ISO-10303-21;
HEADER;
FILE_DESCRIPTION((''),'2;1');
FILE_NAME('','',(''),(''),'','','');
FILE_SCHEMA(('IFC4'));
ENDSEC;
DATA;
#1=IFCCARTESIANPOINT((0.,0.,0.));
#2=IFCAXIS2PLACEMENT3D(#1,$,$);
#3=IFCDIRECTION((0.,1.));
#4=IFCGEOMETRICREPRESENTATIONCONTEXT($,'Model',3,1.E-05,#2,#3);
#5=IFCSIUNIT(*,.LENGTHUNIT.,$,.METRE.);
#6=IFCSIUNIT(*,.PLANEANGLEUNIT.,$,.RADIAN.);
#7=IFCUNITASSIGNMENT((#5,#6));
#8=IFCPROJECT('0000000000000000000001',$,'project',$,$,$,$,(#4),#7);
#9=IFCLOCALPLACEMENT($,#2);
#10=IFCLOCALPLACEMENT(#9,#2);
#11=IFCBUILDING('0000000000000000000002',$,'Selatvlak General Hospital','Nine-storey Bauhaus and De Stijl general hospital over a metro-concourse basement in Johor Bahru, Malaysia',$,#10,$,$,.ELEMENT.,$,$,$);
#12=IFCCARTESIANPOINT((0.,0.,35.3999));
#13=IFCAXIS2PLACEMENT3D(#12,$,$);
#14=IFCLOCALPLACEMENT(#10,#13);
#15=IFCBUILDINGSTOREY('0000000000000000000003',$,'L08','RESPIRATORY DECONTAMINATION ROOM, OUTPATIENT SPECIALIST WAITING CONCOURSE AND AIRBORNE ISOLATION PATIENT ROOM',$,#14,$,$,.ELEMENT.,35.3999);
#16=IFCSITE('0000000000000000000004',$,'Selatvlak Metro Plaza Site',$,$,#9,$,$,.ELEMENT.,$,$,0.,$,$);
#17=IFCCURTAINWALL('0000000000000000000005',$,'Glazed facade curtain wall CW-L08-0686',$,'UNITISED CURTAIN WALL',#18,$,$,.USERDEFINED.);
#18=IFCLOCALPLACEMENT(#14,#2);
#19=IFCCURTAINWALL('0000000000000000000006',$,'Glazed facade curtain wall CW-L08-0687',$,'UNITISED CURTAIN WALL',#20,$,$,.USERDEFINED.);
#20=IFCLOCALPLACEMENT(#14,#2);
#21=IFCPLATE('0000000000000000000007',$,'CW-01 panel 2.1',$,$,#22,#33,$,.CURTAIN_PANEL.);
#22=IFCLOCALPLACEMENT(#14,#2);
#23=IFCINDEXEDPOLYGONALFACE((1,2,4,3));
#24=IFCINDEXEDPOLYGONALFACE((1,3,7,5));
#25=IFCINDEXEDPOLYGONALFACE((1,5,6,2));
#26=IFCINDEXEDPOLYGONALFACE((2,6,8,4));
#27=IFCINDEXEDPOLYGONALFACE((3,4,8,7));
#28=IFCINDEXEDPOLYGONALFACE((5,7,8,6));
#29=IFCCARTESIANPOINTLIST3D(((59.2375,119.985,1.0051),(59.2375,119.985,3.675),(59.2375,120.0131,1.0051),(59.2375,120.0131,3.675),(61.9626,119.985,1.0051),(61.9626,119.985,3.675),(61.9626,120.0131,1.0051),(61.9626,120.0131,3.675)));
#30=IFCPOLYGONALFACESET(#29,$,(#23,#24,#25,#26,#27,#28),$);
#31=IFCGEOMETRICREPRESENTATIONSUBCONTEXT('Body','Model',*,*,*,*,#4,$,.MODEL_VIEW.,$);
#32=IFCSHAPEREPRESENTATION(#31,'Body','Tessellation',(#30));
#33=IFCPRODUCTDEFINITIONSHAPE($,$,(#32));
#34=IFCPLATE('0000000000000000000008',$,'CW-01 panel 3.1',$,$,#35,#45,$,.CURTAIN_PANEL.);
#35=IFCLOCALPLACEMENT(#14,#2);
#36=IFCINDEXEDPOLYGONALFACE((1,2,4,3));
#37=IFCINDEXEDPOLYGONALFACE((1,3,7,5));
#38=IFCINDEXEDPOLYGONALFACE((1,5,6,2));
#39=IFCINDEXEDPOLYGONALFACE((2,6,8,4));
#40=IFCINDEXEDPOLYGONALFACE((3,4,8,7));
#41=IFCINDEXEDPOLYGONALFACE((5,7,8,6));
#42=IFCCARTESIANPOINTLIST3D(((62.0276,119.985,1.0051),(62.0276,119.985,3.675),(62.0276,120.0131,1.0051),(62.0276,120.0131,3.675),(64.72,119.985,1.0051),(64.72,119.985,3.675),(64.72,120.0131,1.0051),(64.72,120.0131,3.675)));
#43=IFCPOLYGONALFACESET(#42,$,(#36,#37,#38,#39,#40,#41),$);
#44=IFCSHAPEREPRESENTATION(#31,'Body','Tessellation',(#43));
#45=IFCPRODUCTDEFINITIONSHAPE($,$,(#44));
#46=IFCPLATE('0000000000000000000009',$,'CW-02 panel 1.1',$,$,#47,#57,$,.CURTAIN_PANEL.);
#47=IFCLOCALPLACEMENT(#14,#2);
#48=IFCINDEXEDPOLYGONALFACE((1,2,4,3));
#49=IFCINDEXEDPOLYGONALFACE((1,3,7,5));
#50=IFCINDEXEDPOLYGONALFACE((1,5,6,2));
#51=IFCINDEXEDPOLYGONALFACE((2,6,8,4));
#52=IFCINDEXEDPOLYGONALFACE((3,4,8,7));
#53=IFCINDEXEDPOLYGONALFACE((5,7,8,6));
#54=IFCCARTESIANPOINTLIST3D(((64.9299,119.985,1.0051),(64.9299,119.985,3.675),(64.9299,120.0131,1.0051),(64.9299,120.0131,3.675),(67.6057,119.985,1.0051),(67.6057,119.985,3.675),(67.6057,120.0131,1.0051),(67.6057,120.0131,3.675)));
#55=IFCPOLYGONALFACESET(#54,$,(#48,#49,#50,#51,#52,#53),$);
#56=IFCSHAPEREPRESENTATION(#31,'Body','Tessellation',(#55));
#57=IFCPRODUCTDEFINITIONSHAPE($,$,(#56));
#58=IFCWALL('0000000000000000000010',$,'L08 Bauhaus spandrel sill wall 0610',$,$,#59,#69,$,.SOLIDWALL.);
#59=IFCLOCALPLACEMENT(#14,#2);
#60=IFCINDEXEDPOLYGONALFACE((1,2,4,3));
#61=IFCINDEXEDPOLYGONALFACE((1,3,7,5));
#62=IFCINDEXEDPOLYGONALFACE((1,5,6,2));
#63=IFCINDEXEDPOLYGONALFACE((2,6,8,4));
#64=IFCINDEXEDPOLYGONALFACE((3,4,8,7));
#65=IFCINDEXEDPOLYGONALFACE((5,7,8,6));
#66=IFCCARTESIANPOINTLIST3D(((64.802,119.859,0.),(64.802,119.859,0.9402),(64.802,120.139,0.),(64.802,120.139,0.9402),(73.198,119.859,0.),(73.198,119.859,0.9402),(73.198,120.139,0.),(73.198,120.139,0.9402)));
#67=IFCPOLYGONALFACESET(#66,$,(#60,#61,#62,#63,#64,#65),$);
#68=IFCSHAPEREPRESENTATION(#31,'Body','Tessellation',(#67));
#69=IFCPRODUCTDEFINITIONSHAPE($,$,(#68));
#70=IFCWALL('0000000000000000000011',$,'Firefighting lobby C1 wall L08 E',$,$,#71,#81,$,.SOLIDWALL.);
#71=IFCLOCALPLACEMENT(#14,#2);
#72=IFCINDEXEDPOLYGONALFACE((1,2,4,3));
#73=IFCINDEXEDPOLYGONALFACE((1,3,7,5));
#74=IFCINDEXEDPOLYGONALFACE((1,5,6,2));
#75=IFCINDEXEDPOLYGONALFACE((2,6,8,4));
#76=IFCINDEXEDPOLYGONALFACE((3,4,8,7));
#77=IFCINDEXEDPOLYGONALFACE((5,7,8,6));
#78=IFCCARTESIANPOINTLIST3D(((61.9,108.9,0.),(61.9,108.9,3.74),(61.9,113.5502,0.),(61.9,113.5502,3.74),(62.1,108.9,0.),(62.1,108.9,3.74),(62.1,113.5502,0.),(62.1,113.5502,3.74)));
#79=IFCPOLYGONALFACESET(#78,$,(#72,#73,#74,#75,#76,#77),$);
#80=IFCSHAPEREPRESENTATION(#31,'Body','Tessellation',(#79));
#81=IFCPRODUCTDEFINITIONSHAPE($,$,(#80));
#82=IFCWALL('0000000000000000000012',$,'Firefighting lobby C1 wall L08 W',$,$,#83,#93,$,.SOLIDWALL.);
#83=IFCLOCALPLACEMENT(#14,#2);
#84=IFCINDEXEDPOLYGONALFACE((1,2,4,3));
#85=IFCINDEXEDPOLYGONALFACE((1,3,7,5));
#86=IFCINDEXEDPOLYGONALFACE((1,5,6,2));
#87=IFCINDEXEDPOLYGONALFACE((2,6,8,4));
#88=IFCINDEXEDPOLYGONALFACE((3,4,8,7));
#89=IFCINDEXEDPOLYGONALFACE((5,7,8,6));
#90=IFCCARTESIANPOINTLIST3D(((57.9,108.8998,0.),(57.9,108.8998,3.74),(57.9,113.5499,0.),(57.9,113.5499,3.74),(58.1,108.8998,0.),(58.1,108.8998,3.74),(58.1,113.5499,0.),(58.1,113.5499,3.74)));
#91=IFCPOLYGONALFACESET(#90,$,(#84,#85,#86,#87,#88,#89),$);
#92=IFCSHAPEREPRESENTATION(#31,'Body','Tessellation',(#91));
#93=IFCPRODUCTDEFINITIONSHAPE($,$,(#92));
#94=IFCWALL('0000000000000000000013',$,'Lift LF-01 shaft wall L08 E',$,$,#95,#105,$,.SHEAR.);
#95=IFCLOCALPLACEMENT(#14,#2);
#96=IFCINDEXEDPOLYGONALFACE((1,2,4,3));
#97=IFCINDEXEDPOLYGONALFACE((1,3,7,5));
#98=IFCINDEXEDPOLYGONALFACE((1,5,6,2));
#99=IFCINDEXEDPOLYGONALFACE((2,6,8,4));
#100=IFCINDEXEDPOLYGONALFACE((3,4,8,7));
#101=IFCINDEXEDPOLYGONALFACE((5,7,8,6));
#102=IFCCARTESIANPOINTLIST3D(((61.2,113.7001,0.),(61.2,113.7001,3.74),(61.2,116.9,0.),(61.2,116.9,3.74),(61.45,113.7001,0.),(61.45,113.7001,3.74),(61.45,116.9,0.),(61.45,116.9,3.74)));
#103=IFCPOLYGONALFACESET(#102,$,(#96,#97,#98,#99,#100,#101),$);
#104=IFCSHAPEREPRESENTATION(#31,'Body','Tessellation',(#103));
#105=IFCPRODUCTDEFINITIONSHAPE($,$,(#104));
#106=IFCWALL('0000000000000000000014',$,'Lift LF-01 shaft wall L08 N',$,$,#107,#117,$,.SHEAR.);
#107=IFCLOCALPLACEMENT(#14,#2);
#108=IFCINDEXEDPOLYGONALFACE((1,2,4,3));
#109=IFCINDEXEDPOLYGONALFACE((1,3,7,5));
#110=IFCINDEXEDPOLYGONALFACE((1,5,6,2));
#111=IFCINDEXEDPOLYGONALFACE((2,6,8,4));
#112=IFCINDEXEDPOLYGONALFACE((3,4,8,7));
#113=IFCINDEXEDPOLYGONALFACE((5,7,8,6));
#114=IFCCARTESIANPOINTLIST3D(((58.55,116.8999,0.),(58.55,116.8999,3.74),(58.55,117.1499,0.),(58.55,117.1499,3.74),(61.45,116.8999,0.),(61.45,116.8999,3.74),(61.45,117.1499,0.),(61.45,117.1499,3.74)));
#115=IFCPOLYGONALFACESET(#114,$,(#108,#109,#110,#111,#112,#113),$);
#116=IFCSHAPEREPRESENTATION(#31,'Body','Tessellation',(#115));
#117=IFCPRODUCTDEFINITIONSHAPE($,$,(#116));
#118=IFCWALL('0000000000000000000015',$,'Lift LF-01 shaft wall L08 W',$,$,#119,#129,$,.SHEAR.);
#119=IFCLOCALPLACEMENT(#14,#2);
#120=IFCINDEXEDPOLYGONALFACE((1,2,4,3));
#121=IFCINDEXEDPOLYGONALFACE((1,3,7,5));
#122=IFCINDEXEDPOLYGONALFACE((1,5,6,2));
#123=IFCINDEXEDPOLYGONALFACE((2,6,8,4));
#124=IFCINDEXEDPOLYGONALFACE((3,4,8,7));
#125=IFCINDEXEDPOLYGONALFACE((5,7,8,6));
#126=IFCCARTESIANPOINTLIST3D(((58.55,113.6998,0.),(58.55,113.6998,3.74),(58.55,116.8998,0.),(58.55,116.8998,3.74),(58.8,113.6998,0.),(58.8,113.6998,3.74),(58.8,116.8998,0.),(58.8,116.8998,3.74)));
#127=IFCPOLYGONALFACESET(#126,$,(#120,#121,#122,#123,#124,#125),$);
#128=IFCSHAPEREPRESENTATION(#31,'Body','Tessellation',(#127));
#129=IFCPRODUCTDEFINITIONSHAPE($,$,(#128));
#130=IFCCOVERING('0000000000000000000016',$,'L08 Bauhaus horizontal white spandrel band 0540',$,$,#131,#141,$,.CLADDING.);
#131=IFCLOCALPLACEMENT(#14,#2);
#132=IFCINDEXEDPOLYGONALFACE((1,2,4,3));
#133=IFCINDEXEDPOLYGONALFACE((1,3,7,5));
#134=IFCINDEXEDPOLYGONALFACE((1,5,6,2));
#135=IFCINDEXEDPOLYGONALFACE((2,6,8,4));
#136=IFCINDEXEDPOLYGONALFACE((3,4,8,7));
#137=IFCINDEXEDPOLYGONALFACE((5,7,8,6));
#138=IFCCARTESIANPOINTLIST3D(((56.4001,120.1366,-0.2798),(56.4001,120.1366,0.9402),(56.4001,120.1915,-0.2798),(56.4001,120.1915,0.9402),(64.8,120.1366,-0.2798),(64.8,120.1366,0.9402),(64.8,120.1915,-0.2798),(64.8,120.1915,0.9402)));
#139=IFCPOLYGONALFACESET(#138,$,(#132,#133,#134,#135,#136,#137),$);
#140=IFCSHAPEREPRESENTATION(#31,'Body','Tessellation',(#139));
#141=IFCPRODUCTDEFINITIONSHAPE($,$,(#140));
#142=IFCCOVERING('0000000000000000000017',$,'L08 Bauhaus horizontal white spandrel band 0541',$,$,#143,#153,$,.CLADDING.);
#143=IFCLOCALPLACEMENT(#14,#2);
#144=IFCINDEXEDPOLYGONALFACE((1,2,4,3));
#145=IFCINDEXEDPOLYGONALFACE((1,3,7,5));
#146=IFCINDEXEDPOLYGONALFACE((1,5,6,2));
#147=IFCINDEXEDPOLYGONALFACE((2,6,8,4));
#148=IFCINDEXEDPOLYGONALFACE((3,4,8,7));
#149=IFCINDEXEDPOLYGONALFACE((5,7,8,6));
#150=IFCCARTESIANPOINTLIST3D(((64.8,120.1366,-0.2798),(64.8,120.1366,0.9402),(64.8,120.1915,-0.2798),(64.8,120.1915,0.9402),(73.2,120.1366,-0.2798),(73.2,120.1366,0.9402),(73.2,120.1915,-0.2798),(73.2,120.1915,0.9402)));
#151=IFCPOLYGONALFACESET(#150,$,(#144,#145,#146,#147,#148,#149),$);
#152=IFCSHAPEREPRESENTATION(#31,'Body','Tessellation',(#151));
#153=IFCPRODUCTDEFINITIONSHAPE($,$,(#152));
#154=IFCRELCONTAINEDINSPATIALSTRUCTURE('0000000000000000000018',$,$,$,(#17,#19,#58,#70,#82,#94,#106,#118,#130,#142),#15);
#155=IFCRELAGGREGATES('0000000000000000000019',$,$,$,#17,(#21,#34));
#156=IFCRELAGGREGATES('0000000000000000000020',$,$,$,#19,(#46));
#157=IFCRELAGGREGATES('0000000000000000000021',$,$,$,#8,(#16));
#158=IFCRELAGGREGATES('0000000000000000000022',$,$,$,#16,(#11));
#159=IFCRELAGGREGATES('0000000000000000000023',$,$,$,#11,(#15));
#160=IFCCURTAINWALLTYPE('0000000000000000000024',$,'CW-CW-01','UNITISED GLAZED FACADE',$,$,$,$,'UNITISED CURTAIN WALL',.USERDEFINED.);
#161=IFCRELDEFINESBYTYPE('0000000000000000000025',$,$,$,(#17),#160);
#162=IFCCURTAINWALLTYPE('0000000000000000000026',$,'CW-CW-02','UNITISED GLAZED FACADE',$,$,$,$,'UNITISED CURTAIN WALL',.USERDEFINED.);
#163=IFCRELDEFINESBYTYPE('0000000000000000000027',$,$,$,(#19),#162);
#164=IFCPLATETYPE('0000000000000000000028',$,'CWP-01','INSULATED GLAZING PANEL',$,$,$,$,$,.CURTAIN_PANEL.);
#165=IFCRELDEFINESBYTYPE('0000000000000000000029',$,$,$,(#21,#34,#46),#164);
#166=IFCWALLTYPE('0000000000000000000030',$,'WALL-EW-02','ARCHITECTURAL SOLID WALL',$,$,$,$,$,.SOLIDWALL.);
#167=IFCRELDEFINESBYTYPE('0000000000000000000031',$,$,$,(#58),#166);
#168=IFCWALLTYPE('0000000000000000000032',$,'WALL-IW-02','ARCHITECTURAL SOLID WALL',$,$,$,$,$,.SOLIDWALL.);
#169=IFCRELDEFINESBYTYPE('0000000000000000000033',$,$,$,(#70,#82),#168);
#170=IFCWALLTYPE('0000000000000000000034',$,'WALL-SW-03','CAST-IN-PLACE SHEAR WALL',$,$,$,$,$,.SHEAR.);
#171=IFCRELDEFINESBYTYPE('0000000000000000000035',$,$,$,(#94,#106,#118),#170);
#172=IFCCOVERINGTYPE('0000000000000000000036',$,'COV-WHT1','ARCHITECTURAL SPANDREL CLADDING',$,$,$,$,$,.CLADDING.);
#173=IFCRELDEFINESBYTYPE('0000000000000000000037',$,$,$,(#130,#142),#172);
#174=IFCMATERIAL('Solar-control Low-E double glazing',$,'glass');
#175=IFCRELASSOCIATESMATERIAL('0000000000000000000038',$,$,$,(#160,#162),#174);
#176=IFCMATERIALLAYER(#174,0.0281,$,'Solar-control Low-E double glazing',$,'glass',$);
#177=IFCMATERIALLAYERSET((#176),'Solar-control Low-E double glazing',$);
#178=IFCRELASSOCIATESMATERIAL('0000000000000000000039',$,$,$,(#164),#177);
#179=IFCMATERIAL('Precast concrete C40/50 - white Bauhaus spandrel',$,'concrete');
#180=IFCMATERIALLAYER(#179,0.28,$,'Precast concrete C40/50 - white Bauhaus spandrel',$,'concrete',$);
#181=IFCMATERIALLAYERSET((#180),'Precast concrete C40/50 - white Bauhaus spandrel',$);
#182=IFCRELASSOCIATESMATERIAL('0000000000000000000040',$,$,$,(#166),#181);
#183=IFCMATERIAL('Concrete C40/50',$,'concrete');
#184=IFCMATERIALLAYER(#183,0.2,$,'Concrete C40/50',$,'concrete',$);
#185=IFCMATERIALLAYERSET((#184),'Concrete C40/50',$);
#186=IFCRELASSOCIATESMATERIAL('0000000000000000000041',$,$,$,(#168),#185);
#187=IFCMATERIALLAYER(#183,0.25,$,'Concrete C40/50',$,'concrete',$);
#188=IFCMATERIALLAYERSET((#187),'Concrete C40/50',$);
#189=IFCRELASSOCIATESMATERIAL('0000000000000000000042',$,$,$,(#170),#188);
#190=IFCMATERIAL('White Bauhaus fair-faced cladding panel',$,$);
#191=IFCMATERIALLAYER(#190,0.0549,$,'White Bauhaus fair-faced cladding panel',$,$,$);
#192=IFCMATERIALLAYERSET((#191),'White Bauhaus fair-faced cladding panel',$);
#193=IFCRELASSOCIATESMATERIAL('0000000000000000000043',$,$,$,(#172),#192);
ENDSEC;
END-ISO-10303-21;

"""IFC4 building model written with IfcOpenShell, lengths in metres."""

from ifc_helpers import new_model, si_unit, direction, frame, frame_2d, origin, origin_2d, place, context, subcontext, project, spatial, rectangle, extrude, material, layer, layer_set, type_object, element, aggregate, save


model = new_model("IFC4")

# Units and contexts
model_context = context("Model", 3, precision=1e-05, world=origin(), true_north=direction((0.0, 1.0)))
body_context = subcontext(model_context, "Body", "Model", "MODEL_VIEW")
ifc_project = project(units=[si_unit("LENGTHUNIT", "METRE"), si_unit("PLANEANGLEUNIT", "RADIAN")], contexts=[model_context])

# Site, building, storey
site_placement = place(None, origin())
site = spatial("IfcSite", under=ifc_project, at=site_placement, Name="Selatvlak Metro Plaza Site", CompositionType="ELEMENT", RefElevation=0.0)
building_placement = place(site_placement, origin())
building = spatial("IfcBuilding", under=site, at=building_placement, Name="Selatvlak General Hospital", Description="Nine-storey Bauhaus and De Stijl general hospital over a metro-concourse basement in Johor Bahru, Malaysia", CompositionType="ELEMENT")
storey_placement = place(building_placement, frame((0.0, 0.0, 35.3999)))
storey = spatial("IfcBuildingStorey", under=building, at=storey_placement, Name="L08", Description="RESPIRATORY DECONTAMINATION ROOM, OUTPATIENT SPECIALIST WAITING CONCOURSE AND AIRBORNE ISOLATION PATIENT ROOM", CompositionType="ELEMENT", Elevation=35.3999)

# Shared definitions
ifc_material_1 = material(Name="Concrete C40/50", Category="concrete")

# Curtain walls
ifc_material_2 = material(Name="Solar-control Low-E double glazing", Category="glass")
curtain_wall_type_1 = type_object("IfcCurtainWallType", Name="CW-CW-01", Description="UNITISED GLAZED FACADE", ElementType="UNITISED CURTAIN WALL", PredefinedType="USERDEFINED", material=ifc_material_2)
curtain_wall_1_placement = place(storey_placement, origin())
curtain_wall_1 = element("IfcCurtainWall", 1, at=curtain_wall_1_placement, inside=storey, type_object=curtain_wall_type_1, Name="Glazed facade curtain wall CW-L08-0686", ObjectType="UNITISED CURTAIN WALL", PredefinedType="USERDEFINED")
curtain_wall_type_2 = type_object("IfcCurtainWallType", Name="CW-CW-02", Description="UNITISED GLAZED FACADE", ElementType="UNITISED CURTAIN WALL", PredefinedType="USERDEFINED", material=ifc_material_2)
curtain_wall_2_placement = place(storey_placement, origin())
curtain_wall_2 = element("IfcCurtainWall", 2, at=curtain_wall_2_placement, inside=storey, type_object=curtain_wall_type_2, Name="Glazed facade curtain wall CW-L08-0687", ObjectType="UNITISED CURTAIN WALL", PredefinedType="USERDEFINED")

# Plates
ifc_layer_1 = layer(ifc_material_2, 0.0281, Name="Solar-control Low-E double glazing", Category="glass")
ifc_layer_set_1 = layer_set([ifc_layer_1], Name="Solar-control Low-E double glazing")
plate_type = type_object("IfcPlateType", Name="CWP-01", Description="INSULATED GLAZING PANEL", PredefinedType="CURTAIN_PANEL", material=ifc_layer_set_1)
plate_1_placement = place(storey_placement, frame((60.6001, 119.999, 1.0051), z_axis=(0.0, 0.0, 1.0), x_axis=(1.0, 0.0, 0.0)))
plate_1 = element("IfcPlate", 3, at=plate_1_placement, type_object=plate_type, Name="CW-01 panel 2.1", PredefinedType="CURTAIN_PANEL", context=body_context, shape_type="SweptSolid", body=[
    extrude(rectangle(XDim=2.7251, YDim=0.0281, at=origin_2d()), origin(), (0.0, 0.0, 1.0), 2.6699),
])
plate_2_placement = place(storey_placement, frame((63.3738, 119.999, 1.0051), z_axis=(0.0, 0.0, 1.0), x_axis=(1.0, 0.0, 0.0)))
plate_2 = element("IfcPlate", 4, at=plate_2_placement, type_object=plate_type, Name="CW-01 panel 3.1", PredefinedType="CURTAIN_PANEL", context=body_context, shape_type="SweptSolid", body=[
    extrude(rectangle(XDim=2.6924, YDim=0.0281, at=origin_2d()), origin(), (0.0, 0.0, 1.0), 2.6699),
])
aggregate(curtain_wall_1, [plate_1, plate_2])
plate_3_placement = place(storey_placement, frame((66.2678, 119.999, 1.0051), z_axis=(0.0, 0.0, 1.0), x_axis=(1.0, 0.0, 0.0)))
plate_3 = element("IfcPlate", 5, at=plate_3_placement, type_object=plate_type, Name="CW-02 panel 1.1", PredefinedType="CURTAIN_PANEL", context=body_context, shape_type="SweptSolid", body=[
    extrude(rectangle(XDim=2.6758, YDim=0.0281, at=origin_2d()), origin(), (0.0, 0.0, 1.0), 2.6699),
])
aggregate(curtain_wall_2, [plate_3])

# Wall
ifc_material_3 = material(Name="Precast concrete C40/50 - white Bauhaus spandrel", Category="concrete")
ifc_layer_2 = layer(ifc_material_3, 0.28, Name="Precast concrete C40/50 - white Bauhaus spandrel", Category="concrete")
ifc_layer_set_2 = layer_set([ifc_layer_2], Name="Precast concrete C40/50 - white Bauhaus spandrel")
wall_type_1 = type_object("IfcWallType", Name="WALL-EW-02", Description="ARCHITECTURAL SOLID WALL", PredefinedType="SOLIDWALL", material=ifc_layer_set_2)
wall_1_placement = place(storey_placement, frame((64.802, 119.999, 0.0), z_axis=(0.0, 0.0, 1.0), x_axis=(1.0, 0.0, 0.0)))
element("IfcWall", 6, at=wall_1_placement, inside=storey, type_object=wall_type_1, Name="L08 Bauhaus spandrel sill wall 0610", PredefinedType="SOLIDWALL", context=body_context, shape_type="SweptSolid", body=[
    extrude(rectangle(XDim=8.396, YDim=0.28, at=frame_2d((4.198, 0.0))), origin(), (0.0, 0.0, 1.0), 0.9402),
])

# Shared definitions
ifc_layer_3 = layer(ifc_material_1, 0.2, Name="Concrete C40/50", Category="concrete")
ifc_layer_set_3 = layer_set([ifc_layer_3], Name="Concrete C40/50")
wall_type_2 = type_object("IfcWallType", Name="WALL-IW-02", Description="ARCHITECTURAL SOLID WALL", PredefinedType="SOLIDWALL", material=ifc_layer_set_3)

# Walls
for number, where, z_axis, x_axis, name in (
    (7, (62.0, 108.8999, 0.0), (0.0, 0.0, 1.0), (0.0, 1.0, 0.0), "Firefighting lobby C1 wall L08 E"),
    (8, (58.0, 113.55, 0.0), (0.0, 0.0, 1.0), (0.0, -1.0, 0.0), "Firefighting lobby C1 wall L08 W"),
):
    element("IfcWall", number, at=place(storey_placement, frame(where, z_axis=z_axis, x_axis=x_axis)), inside=storey, type_object=wall_type_2, Name=name, PredefinedType="SOLIDWALL", context=body_context, shape_type="SweptSolid", body=[
        extrude(rectangle(XDim=4.6501, YDim=0.2, at=frame_2d((2.3252, 0.0))), origin(), (0.0, 0.0, 1.0), 3.74),
    ])

# Shared definitions
ifc_layer_4 = layer(ifc_material_1, 0.25, Name="Concrete C40/50", Category="concrete")
ifc_layer_set_4 = layer_set([ifc_layer_4], Name="Concrete C40/50")
wall_type_3 = type_object("IfcWallType", Name="WALL-SW-03", Description="CAST-IN-PLACE SHEAR WALL", PredefinedType="SHEAR", material=ifc_layer_set_4)

# Walls
wall_2_placement = place(storey_placement, frame((61.325, 113.7, 0.0), z_axis=(0.0, 0.0, 1.0), x_axis=(0.0, 1.0, 0.0)))
element("IfcWall", 9, at=wall_2_placement, inside=storey, type_object=wall_type_3, Name="Lift LF-01 shaft wall L08 E", PredefinedType="SHEAR", context=body_context, shape_type="SweptSolid", body=[
    extrude(rectangle(XDim=3.2, YDim=0.25, at=frame_2d((1.6001, 0.0))), origin(), (0.0, 0.0, 1.0), 3.74),
])
wall_3_placement = place(storey_placement, frame((61.45, 117.0249, 0.0), z_axis=(0.0, 0.0, 1.0), x_axis=(-1.0, 0.0, 0.0)))
element("IfcWall", 10, at=wall_3_placement, inside=storey, type_object=wall_type_3, Name="Lift LF-01 shaft wall L08 N", PredefinedType="SHEAR", context=body_context, shape_type="SweptSolid", body=[
    extrude(rectangle(XDim=2.8999, YDim=0.25, at=frame_2d((1.45, 0.0))), origin(), (0.0, 0.0, 1.0), 3.74),
])
wall_4_placement = place(storey_placement, frame((58.675, 116.8999, 0.0), z_axis=(0.0, 0.0, 1.0), x_axis=(0.0, -1.0, 0.0)))
element("IfcWall", 11, at=wall_4_placement, inside=storey, type_object=wall_type_3, Name="Lift LF-01 shaft wall L08 W", PredefinedType="SHEAR", context=body_context, shape_type="SweptSolid", body=[
    extrude(rectangle(XDim=3.2, YDim=0.25, at=frame_2d((1.6001, 0.0))), origin(), (0.0, 0.0, 1.0), 3.74),
])

# Coverings
ifc_material_4 = material(Name="White Bauhaus fair-faced cladding panel")
ifc_layer_5 = layer(ifc_material_4, 0.0549, Name="White Bauhaus fair-faced cladding panel")
ifc_layer_set_5 = layer_set([ifc_layer_5], Name="White Bauhaus fair-faced cladding panel")
covering_type = type_object("IfcCoveringType", Name="COV-WHT1", Description="ARCHITECTURAL SPANDREL CLADDING", PredefinedType="CLADDING", material=ifc_layer_set_5)
for number, where, z_axis, x_axis, name in (
    (12, (60.6001, 120.1641, -0.2798), (0.0, 0.0, 1.0), (1.0, 0.0, 0.0), "L08 Bauhaus horizontal white spandrel band 0540"),
    (13, (69.0, 120.1641, -0.2798), (0.0, 0.0, 1.0), (1.0, 0.0, 0.0), "L08 Bauhaus horizontal white spandrel band 0541"),
):
    element("IfcCovering", number, at=place(storey_placement, frame(where, z_axis=z_axis, x_axis=x_axis)), inside=storey, type_object=covering_type, Name=name, PredefinedType="CLADDING", context=body_context, shape_type="SweptSolid", body=[
        extrude(rectangle(XDim=8.3999, YDim=0.0549, at=origin_2d()), origin(), (0.0, 0.0, 1.0), 1.22),
    ])

save(model, "model.ifc")
